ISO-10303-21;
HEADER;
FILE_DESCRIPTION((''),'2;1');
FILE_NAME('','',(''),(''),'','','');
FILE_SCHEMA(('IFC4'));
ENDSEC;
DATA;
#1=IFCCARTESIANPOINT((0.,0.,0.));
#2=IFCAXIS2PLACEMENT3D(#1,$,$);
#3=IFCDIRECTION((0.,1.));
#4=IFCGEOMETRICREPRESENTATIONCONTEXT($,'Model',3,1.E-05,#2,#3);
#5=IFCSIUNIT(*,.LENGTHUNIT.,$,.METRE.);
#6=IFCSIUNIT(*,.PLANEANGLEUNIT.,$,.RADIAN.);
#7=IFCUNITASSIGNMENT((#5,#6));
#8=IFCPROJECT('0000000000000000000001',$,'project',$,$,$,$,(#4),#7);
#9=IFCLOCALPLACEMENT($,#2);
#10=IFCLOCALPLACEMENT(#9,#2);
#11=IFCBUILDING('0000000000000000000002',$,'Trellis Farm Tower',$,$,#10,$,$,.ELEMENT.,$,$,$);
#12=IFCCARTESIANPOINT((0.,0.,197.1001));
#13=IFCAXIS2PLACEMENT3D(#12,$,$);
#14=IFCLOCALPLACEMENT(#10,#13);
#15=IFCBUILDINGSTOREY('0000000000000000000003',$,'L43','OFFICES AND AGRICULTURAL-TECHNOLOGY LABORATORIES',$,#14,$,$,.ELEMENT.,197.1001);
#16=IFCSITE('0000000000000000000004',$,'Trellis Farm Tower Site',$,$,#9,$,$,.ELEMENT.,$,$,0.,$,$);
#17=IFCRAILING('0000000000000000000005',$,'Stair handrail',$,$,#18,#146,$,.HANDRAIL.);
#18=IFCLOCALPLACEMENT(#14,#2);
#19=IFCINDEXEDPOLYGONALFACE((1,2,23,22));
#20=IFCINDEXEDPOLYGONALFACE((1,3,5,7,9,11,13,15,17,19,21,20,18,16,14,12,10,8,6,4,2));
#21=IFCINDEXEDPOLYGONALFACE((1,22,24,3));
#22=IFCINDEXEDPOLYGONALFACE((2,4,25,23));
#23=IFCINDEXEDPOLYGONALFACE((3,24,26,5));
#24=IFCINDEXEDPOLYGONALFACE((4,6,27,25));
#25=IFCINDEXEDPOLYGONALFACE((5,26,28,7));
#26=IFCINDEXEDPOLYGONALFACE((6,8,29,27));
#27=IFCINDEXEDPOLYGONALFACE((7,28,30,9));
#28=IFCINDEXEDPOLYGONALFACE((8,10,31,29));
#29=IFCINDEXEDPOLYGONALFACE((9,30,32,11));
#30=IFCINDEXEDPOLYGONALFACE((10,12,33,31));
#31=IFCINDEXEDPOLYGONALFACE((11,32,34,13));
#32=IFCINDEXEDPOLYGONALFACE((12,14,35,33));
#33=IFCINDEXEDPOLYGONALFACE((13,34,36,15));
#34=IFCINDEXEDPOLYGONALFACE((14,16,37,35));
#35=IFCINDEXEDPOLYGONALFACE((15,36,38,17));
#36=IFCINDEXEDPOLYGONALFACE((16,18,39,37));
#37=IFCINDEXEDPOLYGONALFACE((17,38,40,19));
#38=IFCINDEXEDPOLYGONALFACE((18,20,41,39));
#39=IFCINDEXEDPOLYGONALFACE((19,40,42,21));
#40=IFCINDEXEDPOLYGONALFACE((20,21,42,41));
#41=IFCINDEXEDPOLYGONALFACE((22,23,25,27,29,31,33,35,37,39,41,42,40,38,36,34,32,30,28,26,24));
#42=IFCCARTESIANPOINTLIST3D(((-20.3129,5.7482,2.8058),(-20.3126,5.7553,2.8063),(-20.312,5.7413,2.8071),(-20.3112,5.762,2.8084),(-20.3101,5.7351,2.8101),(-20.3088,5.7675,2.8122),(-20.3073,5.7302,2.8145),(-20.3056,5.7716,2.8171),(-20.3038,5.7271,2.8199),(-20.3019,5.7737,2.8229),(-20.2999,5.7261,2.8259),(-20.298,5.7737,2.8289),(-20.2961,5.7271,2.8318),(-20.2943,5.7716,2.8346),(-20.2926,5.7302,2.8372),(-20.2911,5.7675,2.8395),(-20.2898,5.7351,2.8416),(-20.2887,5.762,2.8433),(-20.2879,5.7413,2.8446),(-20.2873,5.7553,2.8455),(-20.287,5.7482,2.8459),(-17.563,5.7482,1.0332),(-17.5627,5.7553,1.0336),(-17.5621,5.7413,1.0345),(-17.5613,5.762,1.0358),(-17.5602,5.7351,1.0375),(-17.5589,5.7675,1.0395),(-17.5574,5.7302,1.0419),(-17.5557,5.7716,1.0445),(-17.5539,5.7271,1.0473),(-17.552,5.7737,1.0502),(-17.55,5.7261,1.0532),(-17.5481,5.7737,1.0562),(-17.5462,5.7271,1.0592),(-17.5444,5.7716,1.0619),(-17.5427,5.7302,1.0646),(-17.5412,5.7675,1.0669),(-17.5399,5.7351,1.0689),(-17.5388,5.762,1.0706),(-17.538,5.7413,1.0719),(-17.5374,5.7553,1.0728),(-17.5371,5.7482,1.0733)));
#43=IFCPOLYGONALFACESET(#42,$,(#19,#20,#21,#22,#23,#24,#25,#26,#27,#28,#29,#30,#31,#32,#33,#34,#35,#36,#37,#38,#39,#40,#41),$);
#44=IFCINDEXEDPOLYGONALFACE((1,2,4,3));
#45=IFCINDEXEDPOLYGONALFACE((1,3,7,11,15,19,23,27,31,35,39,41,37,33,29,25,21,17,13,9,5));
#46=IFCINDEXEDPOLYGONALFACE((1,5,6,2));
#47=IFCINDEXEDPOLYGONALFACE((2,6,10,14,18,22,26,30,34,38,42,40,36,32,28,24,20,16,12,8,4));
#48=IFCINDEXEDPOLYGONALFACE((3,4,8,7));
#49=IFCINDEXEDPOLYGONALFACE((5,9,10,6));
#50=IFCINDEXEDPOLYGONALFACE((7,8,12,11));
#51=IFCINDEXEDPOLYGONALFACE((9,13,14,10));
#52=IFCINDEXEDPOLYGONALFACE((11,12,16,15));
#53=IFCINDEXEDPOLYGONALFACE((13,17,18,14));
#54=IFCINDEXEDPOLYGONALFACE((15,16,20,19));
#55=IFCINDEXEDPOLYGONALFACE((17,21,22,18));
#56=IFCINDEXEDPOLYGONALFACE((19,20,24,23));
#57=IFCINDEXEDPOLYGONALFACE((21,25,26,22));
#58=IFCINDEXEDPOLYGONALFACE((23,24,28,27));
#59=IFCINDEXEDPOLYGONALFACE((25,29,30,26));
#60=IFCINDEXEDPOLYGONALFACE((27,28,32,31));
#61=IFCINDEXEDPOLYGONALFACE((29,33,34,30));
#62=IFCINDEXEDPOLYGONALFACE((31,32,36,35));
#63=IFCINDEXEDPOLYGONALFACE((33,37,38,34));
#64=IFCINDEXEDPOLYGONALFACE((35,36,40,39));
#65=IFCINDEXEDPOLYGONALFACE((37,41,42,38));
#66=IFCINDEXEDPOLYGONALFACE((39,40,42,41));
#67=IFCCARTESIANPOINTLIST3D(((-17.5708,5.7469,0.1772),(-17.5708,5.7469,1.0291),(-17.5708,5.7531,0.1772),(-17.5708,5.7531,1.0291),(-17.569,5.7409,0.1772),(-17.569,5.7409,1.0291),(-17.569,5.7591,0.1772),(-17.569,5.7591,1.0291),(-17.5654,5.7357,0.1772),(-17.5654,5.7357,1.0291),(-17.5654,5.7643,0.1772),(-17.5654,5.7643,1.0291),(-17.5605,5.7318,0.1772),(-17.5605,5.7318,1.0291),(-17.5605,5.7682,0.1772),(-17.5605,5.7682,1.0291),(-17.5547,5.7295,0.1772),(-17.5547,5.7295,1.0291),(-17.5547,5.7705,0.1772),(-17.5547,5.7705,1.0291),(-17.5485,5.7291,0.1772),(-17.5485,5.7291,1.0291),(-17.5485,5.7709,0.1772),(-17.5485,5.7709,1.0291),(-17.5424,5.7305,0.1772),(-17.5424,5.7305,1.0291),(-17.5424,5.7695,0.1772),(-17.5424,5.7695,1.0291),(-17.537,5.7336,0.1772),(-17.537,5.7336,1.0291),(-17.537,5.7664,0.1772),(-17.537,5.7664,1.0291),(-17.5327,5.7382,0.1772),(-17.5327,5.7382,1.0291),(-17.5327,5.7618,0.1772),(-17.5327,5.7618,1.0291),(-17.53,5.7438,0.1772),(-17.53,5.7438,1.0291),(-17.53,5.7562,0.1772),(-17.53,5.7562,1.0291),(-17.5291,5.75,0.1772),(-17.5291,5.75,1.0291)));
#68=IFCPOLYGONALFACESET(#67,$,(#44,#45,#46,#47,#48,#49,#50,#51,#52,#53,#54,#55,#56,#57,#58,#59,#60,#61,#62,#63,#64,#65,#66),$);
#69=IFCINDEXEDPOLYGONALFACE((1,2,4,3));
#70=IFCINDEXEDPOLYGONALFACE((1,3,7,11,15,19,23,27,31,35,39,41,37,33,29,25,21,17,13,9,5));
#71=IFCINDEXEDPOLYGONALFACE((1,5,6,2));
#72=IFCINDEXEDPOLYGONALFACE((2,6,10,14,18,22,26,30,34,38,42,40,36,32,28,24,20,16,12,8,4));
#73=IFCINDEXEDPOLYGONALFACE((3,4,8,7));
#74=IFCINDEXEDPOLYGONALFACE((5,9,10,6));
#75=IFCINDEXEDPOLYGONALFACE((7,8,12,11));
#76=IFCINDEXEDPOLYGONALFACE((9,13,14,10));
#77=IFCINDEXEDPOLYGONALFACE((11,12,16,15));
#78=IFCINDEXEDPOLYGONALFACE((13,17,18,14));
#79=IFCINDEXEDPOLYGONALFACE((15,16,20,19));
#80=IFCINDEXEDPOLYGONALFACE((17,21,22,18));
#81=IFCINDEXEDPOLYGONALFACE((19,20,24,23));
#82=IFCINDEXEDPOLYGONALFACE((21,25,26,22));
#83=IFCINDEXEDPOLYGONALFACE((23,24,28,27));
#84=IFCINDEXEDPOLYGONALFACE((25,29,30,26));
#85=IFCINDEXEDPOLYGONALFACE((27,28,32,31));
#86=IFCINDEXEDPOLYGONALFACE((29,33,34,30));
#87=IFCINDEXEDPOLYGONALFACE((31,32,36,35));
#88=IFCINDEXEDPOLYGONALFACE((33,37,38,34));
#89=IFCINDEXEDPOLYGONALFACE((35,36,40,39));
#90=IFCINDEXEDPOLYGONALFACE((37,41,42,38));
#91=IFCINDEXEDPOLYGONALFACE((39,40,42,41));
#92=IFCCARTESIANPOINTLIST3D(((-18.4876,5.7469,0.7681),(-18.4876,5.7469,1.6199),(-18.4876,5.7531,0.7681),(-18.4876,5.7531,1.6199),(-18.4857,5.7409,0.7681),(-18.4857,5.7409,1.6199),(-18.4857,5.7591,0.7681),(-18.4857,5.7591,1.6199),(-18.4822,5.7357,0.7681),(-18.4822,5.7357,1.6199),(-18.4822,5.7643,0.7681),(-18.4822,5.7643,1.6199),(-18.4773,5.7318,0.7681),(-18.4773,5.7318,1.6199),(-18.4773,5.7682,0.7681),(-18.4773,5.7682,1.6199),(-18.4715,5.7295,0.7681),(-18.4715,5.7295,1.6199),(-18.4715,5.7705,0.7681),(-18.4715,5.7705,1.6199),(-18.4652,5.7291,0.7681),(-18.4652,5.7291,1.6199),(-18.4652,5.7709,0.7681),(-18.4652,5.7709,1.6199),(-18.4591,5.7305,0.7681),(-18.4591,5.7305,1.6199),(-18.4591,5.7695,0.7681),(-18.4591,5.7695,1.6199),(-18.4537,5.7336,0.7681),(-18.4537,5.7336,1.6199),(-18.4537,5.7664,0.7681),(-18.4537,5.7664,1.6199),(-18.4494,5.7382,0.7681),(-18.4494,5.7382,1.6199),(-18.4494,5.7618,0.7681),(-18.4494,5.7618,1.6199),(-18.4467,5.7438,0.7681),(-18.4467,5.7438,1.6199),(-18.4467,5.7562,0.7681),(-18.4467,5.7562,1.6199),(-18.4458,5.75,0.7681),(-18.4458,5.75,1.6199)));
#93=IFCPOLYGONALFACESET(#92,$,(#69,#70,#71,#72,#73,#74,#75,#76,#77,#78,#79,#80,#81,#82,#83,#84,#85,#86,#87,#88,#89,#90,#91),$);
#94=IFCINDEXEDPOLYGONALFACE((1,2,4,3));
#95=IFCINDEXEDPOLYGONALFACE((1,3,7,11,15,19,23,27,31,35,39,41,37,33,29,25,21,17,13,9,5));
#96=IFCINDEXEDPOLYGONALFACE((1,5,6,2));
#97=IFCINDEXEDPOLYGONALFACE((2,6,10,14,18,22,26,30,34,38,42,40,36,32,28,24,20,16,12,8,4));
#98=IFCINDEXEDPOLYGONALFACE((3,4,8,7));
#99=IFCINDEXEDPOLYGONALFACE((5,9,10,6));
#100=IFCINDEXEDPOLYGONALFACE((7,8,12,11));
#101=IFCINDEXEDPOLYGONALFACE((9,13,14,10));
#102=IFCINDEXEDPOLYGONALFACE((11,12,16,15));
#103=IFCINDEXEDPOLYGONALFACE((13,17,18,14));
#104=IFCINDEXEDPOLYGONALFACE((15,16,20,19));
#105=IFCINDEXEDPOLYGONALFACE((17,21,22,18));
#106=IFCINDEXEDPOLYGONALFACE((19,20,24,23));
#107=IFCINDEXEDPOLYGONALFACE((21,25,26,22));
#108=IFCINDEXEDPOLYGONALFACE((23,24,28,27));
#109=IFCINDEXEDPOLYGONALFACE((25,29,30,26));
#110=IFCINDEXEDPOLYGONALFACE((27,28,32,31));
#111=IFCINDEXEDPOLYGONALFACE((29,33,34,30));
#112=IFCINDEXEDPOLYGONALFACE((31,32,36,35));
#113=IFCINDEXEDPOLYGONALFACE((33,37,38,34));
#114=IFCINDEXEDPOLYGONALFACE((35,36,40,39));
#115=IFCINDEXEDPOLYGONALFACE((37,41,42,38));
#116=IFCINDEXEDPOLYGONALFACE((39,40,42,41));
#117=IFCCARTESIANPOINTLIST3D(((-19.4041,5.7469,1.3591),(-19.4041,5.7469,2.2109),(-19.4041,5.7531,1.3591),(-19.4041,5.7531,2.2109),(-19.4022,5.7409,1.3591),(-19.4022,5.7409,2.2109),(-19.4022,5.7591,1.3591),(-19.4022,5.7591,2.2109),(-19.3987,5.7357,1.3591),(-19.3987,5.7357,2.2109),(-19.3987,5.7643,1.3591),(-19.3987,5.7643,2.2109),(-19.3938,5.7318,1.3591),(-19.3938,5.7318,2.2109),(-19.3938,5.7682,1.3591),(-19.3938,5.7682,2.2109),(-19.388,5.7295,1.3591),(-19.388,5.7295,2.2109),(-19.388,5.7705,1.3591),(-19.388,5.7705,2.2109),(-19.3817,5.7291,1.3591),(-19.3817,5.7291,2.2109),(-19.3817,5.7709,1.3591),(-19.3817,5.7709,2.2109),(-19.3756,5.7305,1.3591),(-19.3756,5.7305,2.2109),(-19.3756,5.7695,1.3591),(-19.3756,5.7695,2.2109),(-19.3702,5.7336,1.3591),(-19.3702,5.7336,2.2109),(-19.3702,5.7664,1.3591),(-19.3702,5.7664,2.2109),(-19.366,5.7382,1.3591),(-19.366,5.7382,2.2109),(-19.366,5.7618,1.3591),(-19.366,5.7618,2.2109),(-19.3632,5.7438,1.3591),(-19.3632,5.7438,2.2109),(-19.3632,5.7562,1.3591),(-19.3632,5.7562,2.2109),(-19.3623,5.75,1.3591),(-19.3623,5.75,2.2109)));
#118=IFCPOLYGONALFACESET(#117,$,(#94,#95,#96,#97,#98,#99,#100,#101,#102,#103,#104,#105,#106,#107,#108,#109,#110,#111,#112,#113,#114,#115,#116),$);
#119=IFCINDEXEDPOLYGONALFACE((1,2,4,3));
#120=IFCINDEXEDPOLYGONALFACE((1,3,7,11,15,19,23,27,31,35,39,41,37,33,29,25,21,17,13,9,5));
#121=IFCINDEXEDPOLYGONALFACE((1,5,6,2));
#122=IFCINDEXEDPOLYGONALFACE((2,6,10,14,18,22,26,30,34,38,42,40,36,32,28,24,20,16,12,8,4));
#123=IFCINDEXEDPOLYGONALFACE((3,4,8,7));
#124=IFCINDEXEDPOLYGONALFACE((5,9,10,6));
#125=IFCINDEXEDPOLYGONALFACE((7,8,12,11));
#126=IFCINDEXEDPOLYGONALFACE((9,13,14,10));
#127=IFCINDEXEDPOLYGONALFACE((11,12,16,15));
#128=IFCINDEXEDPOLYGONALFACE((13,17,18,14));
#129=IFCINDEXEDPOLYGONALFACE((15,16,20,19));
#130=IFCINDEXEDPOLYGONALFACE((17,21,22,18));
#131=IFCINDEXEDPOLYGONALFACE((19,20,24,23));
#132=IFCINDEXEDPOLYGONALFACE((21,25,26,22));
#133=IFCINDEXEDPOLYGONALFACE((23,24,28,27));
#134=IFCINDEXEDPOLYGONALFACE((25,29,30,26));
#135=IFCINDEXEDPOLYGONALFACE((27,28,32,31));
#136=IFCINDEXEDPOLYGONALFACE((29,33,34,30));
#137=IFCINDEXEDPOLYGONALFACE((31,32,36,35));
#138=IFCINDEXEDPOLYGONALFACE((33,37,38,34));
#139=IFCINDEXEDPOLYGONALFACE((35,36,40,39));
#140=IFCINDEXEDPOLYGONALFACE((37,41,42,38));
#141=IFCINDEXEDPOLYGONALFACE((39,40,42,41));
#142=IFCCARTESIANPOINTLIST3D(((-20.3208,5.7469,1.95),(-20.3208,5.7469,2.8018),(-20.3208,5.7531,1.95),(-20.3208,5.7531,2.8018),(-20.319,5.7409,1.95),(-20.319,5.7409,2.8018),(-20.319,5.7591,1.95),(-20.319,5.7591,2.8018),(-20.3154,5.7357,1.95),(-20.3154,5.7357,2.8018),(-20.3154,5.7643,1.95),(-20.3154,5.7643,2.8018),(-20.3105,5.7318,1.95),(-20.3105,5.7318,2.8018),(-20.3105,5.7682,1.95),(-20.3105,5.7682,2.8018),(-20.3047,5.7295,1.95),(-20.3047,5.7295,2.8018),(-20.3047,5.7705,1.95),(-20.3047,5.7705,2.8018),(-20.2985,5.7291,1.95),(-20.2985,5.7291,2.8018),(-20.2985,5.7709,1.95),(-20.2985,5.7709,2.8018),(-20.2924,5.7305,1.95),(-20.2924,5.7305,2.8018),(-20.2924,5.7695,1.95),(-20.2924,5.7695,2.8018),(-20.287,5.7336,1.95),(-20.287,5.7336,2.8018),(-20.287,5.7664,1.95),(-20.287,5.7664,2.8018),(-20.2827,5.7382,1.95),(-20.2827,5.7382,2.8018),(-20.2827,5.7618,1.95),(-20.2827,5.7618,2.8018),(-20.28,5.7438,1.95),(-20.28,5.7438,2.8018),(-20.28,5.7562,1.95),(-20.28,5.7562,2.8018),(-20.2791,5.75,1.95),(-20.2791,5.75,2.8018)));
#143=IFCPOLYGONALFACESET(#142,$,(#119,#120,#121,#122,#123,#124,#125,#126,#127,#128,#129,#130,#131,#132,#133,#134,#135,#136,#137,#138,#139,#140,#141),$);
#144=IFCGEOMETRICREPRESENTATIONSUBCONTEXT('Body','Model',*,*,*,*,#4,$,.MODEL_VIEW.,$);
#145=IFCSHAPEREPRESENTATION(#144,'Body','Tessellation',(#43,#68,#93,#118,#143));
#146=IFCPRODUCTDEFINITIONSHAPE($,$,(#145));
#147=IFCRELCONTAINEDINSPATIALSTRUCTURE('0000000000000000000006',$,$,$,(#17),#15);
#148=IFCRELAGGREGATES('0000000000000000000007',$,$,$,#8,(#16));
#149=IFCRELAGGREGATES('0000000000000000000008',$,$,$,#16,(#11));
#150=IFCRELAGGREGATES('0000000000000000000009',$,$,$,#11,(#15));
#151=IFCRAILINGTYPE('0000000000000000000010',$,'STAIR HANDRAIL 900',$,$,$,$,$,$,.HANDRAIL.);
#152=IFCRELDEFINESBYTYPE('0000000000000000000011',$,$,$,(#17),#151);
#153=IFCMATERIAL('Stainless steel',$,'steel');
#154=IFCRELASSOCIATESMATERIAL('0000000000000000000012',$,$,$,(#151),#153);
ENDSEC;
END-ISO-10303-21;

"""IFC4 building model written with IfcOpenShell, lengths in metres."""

from ifc_helpers import new_model, si_unit, direction, frame, origin, origin_2d, place, context, subcontext, project, spatial, circle, extrude, source, transform, mapped, material, type_object, element, save


model = new_model("IFC4")

# Units and contexts
model_context = context("Model", 3, precision=1e-05, world=origin(), true_north=direction((0.0, 1.0)))
body_context = subcontext(model_context, "Body", "Model", "MODEL_VIEW")
ifc_project = project(units=[si_unit("LENGTHUNIT", "METRE"), si_unit("PLANEANGLEUNIT", "RADIAN")], contexts=[model_context])

# Site, building, storey
site_placement = place(None, origin())
site = spatial("IfcSite", under=ifc_project, at=site_placement, Name="Trellis Farm Tower Site", CompositionType="ELEMENT", RefElevation=0.0)
building_placement = place(site_placement, origin())
building = spatial("IfcBuilding", under=site, at=building_placement, Name="Trellis Farm Tower", CompositionType="ELEMENT")
storey_placement = place(building_placement, frame((0.0, 0.0, 197.1001)))
storey = spatial("IfcBuildingStorey", under=building, at=storey_placement, Name="L43", Description="OFFICES AND AGRICULTURAL-TECHNOLOGY LABORATORIES", CompositionType="ELEMENT", Elevation=197.1001)

# Railing
ifc_material_1 = material(Name="Stainless steel", Category="steel")
railing_type = type_object("IfcRailingType", Name="STAIR HANDRAIL 900", PredefinedType="HANDRAIL", material=ifc_material_1)
shared_shape_1 = source(origin(), body_context, "Body", "SweptSolid", [
    extrude(circle(Radius=0.0239, at=origin_2d()), frame((0.0, 0.0, 0.876), z_axis=(-0.840504, 0.0, 0.541806), x_axis=(0.0, -1.0, 0.0)), (0.0, 0.0, 1.0), 3.2717),
    extrude(circle(Radius=0.021, at=origin_2d()), origin(), (0.0, 0.0, 1.0), 0.8518),
    extrude(circle(Radius=0.021, at=origin_2d()), frame((-0.9167, 0.0, 0.5908)), (0.0, 0.0, 1.0), 0.8518),
    extrude(circle(Radius=0.021, at=origin_2d()), frame((-1.8333, 0.0, 1.1819)), (0.0, 0.0, 1.0), 0.8518),
    extrude(circle(Radius=0.021, at=origin_2d()), frame((-2.75, 0.0, 1.7727)), (0.0, 0.0, 1.0), 0.8518),
])
for number, where, name in (
    (1, (-17.55, 5.75, 0.1772), "Stair handrail"),
):
    element("IfcRailing", number, at=place(storey_placement, frame(where)), inside=storey, type_object=railing_type, Name=name, PredefinedType="HANDRAIL", context=body_context, shape_type="MappedRepresentation", body=[
        mapped(shared_shape_1, transform((0.0, 0.0, 0.0))),
    ])

save(model, "model.ifc")
